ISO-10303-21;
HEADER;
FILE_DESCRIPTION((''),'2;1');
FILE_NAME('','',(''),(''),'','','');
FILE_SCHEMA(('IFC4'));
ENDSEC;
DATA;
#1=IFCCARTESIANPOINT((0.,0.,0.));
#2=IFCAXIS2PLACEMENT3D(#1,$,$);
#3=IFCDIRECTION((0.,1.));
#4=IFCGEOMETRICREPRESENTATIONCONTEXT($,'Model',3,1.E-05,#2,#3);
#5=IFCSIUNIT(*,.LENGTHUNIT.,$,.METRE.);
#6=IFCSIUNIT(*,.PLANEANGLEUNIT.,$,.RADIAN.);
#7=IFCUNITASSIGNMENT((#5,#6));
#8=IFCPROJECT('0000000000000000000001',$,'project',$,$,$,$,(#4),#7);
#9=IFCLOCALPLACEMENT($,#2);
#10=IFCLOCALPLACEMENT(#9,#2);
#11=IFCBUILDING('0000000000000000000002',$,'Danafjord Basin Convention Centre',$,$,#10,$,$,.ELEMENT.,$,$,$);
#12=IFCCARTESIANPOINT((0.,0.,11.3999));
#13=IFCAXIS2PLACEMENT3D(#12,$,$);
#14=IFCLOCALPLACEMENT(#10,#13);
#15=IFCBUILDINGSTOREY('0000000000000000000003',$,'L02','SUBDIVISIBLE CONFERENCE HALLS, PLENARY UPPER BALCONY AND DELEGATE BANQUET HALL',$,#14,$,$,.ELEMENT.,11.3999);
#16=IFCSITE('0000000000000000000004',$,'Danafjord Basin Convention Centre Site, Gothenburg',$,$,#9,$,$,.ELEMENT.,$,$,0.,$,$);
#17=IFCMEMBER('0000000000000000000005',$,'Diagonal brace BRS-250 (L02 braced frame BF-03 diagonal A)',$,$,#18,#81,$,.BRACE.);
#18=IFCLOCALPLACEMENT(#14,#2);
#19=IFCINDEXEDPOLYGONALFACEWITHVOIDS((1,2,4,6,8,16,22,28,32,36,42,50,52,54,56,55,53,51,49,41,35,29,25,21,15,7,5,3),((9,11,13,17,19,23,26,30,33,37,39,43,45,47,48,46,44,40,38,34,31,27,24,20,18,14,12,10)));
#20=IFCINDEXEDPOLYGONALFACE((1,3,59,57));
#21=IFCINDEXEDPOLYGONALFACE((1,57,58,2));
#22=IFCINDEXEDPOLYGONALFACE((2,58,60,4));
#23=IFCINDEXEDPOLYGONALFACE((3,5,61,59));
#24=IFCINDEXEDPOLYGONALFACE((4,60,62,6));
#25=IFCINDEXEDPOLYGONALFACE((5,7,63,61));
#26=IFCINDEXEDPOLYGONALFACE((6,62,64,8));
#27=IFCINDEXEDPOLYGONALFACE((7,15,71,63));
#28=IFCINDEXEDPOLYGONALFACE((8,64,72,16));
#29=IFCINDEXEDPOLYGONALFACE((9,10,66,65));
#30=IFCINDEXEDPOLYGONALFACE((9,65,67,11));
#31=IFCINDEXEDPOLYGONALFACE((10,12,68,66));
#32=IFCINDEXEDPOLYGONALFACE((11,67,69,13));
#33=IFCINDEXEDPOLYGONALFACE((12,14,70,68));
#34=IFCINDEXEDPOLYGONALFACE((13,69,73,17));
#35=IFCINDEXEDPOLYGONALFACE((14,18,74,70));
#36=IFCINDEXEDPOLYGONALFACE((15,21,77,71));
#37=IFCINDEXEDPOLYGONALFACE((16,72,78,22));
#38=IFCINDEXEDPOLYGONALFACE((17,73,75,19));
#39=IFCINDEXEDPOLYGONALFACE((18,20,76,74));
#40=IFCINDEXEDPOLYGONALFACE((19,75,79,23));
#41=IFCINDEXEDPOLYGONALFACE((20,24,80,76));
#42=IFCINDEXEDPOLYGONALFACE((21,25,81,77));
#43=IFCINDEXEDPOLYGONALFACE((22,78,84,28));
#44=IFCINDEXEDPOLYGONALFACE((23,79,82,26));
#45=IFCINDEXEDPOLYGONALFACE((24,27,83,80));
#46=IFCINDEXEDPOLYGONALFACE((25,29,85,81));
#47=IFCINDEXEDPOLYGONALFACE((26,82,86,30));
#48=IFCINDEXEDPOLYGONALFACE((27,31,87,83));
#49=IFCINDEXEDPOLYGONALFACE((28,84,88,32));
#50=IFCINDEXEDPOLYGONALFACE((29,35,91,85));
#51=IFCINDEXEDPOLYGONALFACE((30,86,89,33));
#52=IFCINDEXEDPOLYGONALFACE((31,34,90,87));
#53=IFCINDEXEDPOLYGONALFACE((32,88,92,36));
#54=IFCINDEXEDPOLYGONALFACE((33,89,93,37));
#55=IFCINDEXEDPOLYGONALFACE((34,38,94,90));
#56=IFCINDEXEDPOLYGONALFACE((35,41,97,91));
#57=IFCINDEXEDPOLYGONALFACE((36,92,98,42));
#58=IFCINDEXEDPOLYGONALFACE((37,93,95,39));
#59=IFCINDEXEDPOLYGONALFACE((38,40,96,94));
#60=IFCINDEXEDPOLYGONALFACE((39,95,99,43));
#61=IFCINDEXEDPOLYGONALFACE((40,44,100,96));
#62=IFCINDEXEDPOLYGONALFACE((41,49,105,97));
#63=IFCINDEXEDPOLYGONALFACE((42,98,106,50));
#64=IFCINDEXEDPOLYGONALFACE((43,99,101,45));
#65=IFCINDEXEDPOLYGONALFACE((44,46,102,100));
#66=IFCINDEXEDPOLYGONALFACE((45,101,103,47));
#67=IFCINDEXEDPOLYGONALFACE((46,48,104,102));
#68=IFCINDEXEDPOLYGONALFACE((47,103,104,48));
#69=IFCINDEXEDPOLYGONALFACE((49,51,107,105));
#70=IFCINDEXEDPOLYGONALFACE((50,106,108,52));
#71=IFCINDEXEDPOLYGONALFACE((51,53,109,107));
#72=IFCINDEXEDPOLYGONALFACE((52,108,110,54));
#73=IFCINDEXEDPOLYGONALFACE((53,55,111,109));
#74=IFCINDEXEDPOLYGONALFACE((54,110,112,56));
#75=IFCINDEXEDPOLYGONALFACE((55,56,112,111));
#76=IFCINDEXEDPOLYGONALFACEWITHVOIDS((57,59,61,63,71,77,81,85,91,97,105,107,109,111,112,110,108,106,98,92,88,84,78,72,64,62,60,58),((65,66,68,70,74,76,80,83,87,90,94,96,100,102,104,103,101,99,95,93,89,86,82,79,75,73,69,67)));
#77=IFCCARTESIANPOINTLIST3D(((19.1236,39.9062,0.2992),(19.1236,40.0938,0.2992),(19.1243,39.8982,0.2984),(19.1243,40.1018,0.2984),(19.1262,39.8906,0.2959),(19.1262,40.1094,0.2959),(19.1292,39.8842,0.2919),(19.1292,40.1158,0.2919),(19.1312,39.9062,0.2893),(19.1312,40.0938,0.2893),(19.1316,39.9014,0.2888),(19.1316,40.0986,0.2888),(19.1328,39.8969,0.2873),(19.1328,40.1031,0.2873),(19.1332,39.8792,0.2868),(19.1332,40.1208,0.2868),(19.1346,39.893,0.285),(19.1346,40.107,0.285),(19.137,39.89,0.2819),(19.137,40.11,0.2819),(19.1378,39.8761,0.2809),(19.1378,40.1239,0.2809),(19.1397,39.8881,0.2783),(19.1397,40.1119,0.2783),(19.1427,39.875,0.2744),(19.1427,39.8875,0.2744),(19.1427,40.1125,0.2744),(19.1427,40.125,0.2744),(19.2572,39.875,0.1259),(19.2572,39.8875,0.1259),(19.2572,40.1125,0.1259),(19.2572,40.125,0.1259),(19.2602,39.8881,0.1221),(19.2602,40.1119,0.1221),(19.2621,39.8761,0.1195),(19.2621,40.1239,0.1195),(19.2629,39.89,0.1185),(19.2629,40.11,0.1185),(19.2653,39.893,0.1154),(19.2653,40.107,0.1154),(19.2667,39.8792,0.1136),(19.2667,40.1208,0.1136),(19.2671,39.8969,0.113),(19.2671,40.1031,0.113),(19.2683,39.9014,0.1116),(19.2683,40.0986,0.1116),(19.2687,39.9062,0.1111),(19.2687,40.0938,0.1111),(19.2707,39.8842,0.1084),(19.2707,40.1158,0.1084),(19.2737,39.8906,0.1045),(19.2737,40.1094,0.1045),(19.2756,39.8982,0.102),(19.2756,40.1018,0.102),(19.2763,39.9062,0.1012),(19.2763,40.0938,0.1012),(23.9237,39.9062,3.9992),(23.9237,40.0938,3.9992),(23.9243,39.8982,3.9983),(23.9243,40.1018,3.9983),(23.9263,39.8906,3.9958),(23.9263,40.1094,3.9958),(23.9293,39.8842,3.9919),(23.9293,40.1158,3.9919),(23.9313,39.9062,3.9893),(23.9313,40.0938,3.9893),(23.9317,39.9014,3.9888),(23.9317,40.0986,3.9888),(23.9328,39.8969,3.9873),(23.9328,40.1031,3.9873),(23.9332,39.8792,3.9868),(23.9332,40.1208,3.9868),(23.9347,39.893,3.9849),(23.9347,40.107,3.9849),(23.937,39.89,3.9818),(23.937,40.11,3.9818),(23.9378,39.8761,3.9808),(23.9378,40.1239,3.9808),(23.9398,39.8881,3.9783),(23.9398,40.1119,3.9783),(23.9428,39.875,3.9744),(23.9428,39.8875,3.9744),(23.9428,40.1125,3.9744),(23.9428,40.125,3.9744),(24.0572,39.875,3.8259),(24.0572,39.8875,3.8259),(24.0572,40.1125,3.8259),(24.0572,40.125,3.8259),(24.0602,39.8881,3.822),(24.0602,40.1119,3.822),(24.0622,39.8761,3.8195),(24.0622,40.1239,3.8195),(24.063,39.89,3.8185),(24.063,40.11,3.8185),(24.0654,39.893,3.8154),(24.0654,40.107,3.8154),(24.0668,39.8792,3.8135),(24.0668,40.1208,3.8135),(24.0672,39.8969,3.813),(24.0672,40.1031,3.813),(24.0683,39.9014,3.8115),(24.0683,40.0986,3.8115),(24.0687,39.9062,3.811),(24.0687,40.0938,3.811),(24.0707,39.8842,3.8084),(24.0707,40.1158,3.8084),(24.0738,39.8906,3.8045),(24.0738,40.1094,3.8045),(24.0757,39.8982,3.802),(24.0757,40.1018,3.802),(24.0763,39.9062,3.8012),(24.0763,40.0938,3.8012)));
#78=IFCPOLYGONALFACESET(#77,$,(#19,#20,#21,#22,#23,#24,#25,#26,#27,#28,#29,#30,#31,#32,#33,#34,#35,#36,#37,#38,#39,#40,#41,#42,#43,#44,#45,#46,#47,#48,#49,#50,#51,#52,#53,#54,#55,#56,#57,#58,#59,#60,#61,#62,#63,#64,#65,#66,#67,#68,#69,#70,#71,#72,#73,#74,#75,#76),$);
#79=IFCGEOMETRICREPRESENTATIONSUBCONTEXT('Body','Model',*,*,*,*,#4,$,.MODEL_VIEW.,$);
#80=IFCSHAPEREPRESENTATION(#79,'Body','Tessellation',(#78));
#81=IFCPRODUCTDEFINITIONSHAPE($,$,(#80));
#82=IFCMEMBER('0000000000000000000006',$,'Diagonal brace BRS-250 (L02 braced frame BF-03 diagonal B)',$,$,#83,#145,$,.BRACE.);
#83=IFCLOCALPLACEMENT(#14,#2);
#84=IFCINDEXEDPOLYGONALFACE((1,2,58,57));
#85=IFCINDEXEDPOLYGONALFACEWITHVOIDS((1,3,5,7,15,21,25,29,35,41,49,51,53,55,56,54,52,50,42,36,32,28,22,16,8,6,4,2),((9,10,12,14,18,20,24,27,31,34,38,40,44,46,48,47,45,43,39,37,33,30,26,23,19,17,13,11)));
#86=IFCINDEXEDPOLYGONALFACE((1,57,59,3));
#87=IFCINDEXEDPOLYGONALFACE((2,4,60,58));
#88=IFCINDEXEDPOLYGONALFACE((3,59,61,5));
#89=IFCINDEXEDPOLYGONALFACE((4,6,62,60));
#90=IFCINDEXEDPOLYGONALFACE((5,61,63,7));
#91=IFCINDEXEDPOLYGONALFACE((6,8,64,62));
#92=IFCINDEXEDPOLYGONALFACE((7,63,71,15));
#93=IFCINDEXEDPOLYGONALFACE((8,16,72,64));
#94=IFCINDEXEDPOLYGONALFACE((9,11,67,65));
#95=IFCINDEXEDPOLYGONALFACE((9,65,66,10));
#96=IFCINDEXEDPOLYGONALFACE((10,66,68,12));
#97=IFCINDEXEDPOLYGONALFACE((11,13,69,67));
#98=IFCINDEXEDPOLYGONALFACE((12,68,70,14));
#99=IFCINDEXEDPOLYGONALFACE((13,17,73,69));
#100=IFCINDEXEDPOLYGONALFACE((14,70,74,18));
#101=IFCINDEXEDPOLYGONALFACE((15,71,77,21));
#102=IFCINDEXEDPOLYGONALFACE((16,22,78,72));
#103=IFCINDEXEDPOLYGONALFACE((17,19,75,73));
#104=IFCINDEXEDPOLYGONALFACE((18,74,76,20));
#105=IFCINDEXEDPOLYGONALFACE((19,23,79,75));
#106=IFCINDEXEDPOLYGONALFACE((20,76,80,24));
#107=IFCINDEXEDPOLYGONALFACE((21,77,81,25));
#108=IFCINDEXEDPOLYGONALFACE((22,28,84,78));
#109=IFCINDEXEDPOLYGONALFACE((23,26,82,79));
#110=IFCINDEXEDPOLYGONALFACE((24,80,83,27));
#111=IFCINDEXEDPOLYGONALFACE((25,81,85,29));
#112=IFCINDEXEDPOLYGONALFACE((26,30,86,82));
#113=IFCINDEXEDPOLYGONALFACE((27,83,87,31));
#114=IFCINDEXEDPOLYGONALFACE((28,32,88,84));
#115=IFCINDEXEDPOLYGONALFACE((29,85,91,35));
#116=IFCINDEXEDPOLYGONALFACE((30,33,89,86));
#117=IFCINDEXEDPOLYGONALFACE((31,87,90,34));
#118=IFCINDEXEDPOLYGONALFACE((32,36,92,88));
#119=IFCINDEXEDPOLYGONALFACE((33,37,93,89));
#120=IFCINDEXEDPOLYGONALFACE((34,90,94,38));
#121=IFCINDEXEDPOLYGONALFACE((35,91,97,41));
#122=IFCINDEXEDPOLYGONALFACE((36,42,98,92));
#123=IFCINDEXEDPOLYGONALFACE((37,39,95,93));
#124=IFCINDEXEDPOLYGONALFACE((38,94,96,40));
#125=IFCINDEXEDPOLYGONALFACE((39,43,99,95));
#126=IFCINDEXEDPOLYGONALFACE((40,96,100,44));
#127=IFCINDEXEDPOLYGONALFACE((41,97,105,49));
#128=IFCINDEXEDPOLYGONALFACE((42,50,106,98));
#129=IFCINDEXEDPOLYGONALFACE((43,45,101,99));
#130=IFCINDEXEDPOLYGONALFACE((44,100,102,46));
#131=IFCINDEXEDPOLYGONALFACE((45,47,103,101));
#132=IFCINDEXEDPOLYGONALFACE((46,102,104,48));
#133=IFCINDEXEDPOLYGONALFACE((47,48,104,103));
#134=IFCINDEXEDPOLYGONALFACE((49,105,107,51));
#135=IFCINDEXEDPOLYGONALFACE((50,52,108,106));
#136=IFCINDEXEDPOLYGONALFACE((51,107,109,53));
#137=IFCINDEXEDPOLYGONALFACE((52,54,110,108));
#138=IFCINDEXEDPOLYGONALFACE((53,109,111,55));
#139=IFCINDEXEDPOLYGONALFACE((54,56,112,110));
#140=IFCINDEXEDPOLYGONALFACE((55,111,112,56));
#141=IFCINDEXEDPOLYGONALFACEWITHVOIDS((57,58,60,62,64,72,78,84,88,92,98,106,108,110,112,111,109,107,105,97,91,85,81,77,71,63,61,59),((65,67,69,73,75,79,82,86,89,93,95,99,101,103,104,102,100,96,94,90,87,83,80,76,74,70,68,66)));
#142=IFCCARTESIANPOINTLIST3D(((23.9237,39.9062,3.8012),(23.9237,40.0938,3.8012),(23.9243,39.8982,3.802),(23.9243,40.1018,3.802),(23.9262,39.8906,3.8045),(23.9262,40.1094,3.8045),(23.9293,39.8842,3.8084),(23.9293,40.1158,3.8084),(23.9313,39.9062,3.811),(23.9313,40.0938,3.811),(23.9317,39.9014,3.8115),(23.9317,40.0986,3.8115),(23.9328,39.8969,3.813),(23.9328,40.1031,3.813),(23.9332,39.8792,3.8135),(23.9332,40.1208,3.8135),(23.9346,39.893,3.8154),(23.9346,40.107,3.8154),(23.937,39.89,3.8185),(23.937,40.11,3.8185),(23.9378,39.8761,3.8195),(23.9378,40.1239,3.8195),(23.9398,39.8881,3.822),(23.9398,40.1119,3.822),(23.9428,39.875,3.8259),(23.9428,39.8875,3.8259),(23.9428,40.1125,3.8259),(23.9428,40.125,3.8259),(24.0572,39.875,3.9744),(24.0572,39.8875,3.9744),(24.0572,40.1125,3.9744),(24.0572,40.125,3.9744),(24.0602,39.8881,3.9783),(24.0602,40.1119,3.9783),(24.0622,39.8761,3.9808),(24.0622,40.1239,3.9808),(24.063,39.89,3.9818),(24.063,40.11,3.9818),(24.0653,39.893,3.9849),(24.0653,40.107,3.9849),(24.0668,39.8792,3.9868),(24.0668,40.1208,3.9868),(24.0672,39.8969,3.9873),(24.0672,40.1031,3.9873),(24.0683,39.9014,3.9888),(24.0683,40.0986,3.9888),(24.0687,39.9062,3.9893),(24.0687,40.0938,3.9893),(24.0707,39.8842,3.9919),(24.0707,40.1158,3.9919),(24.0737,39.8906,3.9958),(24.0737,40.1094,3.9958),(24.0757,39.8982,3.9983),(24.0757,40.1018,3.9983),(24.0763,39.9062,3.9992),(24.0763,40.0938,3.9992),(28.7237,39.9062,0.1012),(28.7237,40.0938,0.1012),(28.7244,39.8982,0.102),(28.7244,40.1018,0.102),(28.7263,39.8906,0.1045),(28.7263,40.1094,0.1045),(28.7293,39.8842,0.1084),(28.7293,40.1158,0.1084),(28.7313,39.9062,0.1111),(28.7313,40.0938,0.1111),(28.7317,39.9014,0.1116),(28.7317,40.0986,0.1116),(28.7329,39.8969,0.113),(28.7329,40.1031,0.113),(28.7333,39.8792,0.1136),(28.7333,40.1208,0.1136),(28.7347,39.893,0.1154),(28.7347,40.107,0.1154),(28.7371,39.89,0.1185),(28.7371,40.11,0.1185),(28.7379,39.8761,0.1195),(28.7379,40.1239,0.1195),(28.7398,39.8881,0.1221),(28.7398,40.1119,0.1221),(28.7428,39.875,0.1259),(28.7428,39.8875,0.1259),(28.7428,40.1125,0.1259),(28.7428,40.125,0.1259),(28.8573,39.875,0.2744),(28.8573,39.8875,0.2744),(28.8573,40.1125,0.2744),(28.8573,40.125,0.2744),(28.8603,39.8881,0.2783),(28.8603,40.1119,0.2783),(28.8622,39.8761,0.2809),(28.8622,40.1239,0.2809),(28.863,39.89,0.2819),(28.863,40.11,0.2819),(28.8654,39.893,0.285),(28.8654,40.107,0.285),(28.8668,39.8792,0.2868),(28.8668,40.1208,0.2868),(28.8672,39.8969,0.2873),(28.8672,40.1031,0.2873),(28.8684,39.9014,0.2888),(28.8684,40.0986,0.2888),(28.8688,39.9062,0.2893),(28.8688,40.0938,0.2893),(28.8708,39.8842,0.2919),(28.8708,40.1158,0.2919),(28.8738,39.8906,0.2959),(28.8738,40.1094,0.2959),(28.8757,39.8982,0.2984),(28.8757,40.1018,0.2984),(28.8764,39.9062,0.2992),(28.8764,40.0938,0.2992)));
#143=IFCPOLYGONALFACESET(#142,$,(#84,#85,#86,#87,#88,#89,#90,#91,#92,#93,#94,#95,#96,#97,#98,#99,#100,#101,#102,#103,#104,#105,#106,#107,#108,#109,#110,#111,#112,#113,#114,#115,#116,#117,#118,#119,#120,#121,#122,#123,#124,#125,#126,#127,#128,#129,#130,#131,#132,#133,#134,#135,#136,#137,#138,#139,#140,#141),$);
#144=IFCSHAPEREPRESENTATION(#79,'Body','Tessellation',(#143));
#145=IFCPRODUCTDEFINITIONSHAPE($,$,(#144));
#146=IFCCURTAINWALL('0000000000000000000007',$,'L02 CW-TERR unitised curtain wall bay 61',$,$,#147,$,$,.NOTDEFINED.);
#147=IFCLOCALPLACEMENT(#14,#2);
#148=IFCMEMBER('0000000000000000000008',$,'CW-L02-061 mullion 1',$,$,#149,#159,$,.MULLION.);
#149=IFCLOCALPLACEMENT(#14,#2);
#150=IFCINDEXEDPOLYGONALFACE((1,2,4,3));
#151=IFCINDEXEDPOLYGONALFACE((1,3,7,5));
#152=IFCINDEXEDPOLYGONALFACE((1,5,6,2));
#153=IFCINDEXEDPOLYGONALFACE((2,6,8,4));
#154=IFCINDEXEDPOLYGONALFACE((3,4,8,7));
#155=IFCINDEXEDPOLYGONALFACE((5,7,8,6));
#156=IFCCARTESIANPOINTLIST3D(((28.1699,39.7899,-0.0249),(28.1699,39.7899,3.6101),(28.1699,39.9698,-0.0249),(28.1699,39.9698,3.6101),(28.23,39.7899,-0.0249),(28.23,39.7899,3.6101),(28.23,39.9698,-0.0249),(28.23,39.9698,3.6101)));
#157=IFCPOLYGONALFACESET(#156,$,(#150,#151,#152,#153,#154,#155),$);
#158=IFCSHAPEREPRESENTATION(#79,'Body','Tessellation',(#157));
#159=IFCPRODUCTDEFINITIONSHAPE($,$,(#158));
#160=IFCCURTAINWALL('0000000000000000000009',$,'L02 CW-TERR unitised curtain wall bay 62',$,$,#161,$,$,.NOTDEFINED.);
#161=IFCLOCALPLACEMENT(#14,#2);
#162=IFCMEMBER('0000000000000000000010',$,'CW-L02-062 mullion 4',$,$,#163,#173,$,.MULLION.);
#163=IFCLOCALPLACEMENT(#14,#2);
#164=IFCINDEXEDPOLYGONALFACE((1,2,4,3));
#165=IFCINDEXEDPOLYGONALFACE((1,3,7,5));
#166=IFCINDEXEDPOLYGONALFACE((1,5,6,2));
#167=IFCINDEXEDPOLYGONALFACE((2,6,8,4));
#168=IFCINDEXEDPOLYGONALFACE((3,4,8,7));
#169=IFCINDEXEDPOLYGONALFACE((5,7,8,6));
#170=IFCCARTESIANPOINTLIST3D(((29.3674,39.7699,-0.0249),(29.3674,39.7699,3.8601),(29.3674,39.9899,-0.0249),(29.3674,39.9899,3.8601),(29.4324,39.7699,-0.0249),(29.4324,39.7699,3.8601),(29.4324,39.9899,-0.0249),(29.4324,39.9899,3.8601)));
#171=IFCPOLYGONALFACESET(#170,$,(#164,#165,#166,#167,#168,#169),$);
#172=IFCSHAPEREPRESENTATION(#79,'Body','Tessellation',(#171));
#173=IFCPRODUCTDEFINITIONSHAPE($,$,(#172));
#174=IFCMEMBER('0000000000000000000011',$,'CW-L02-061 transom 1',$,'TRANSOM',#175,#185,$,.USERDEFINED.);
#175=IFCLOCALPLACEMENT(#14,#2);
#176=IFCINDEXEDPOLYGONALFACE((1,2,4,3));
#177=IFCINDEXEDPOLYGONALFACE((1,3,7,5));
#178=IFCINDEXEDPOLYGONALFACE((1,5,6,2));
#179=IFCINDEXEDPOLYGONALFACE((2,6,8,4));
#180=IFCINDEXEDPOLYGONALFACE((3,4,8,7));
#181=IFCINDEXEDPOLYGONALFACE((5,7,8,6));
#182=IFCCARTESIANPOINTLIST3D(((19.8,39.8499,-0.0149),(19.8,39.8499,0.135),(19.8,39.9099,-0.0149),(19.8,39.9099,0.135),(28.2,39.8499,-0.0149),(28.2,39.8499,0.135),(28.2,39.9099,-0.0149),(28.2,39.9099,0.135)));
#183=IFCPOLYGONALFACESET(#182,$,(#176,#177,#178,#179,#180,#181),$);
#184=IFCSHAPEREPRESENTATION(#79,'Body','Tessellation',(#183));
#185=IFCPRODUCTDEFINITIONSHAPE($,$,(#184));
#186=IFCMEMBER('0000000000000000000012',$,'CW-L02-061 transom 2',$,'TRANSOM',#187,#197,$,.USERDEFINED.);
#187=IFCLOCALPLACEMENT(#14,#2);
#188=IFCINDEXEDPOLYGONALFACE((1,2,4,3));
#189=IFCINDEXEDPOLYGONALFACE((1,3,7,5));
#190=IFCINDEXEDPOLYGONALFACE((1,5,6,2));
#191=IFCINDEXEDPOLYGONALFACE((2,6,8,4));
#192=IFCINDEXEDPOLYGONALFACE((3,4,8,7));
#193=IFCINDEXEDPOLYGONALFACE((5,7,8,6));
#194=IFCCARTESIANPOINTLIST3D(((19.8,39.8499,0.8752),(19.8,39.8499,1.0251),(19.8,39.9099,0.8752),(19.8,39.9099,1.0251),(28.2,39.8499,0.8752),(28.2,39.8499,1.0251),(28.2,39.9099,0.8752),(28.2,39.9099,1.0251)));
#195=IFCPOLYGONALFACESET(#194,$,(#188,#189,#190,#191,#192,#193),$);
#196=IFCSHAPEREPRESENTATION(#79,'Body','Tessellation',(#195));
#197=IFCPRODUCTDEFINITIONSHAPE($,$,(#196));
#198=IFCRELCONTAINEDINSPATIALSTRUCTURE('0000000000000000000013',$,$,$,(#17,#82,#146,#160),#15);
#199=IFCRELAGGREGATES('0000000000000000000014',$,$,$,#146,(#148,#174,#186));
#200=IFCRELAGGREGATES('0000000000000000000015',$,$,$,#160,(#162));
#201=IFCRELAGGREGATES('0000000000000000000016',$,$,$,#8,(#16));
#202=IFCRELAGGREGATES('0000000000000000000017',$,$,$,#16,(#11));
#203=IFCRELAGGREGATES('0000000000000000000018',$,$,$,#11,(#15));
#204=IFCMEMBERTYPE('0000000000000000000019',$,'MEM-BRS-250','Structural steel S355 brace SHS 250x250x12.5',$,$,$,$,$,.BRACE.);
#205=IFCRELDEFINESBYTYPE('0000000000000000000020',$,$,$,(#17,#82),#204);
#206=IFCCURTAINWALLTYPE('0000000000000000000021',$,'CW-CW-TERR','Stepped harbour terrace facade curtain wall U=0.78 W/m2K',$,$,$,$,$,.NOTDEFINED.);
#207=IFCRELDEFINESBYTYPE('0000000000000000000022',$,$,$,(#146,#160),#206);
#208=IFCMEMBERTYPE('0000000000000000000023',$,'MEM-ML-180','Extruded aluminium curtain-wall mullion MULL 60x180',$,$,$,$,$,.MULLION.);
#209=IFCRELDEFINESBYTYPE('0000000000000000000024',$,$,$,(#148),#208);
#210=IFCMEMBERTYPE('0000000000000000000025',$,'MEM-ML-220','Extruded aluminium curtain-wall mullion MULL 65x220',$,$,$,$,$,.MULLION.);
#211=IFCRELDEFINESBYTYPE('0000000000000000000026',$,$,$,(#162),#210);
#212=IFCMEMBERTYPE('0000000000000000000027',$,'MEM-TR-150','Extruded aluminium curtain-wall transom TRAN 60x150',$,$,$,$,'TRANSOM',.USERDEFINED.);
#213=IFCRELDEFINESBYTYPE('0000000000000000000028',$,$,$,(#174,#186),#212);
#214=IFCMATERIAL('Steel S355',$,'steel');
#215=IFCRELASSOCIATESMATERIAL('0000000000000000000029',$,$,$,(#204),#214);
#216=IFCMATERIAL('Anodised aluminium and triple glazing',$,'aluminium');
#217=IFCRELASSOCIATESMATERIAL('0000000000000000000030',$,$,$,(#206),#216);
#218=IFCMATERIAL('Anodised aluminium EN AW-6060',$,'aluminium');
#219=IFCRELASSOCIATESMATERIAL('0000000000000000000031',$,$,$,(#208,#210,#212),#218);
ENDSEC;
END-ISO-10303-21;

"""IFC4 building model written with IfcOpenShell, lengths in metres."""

from ifc_helpers import new_model, si_unit, direction, frame, origin, origin_2d, place, context, subcontext, project, spatial, rectangle, hollow_rectangle, extrude, material, material_profile, profile_set, type_object, element, aggregate, save


model = new_model("IFC4")

# Units and contexts
model_context = context("Model", 3, precision=1e-05, world=origin(), true_north=direction((0.0, 1.0)))
body_context = subcontext(model_context, "Body", "Model", "MODEL_VIEW")
ifc_project = project(units=[si_unit("LENGTHUNIT", "METRE"), si_unit("PLANEANGLEUNIT", "RADIAN")], contexts=[model_context])

# Site, building, storey
site_placement = place(None, origin())
site = spatial("IfcSite", under=ifc_project, at=site_placement, Name="Danafjord Basin Convention Centre Site, Gothenburg", CompositionType="ELEMENT", RefElevation=0.0)
building_placement = place(site_placement, origin())
building = spatial("IfcBuilding", under=site, at=building_placement, Name="Danafjord Basin Convention Centre", CompositionType="ELEMENT")
storey_placement = place(building_placement, frame((0.0, 0.0, 11.3999)))
storey = spatial("IfcBuildingStorey", under=building, at=storey_placement, Name="L02", Description="SUBDIVISIBLE CONFERENCE HALLS, PLENARY UPPER BALCONY AND DELEGATE BANQUET HALL", CompositionType="ELEMENT", Elevation=11.3999)

# Shared definitions
ifc_material_1 = material(Name="Steel S355", Category="steel")

# Members
ifc_material_profile_1 = material_profile(ifc_material_1, hollow_rectangle(XDim=0.25, YDim=0.25, WallThickness=0.0125, InnerFilletRadius=0.0188, OuterFilletRadius=0.0312, at=origin_2d()), Name="SHS 250x250x12.5")
ifc_profile_set_1 = profile_set([ifc_material_profile_1], Name="Steel S355")
member_type_1 = type_object("IfcMemberType", Name="MEM-BRS-250", Description="Structural steel S355 brace SHS 250x250x12.5", PredefinedType="BRACE", material=ifc_profile_set_1)
for number, where, z_axis, x_axis, name in (
    (1, (19.2, 40.0, 0.2002), (0.792017, 0.0, 0.610499), (0.0, 1.0, 0.0), "Diagonal brace BRS-250 (L02 braced frame BF-03 diagonal A)"),
    (2, (28.8, 40.0, 0.2002), (-0.792017, 0.0, 0.610499), (0.0, -1.0, 0.0), "Diagonal brace BRS-250 (L02 braced frame BF-03 diagonal B)"),
):
    element("IfcMember", number, at=place(storey_placement, frame(where, z_axis=z_axis, x_axis=x_axis)), inside=storey, type_object=member_type_1, Name=name, PredefinedType="BRACE", context=body_context, shape_type="SweptSolid", body=[
        extrude(hollow_rectangle(XDim=0.25, YDim=0.25, WallThickness=0.0125, InnerFilletRadius=0.0188, OuterFilletRadius=0.0312, at=origin_2d()), origin(), (0.0, 0.0, 1.0), 6.0605),
    ])

# Curtain walls, members
ifc_material_2 = material(Name="Anodised aluminium and triple glazing", Category="aluminium")
curtain_wall_type = type_object("IfcCurtainWallType", Name="CW-CW-TERR", Description="Stepped harbour terrace facade curtain wall U=0.78 W/m2K", PredefinedType="NOTDEFINED", material=ifc_material_2)
curtain_wall_1_placement = place(storey_placement, origin())
curtain_wall_1 = element("IfcCurtainWall", 3, at=curtain_wall_1_placement, inside=storey, type_object=curtain_wall_type, Name="L02 CW-TERR unitised curtain wall bay 61", PredefinedType="NOTDEFINED")
ifc_material_3 = material(Name="Anodised aluminium EN AW-6060", Category="aluminium")
ifc_material_profile_2 = material_profile(ifc_material_3, rectangle(XDim=0.0601, YDim=0.1799, at=origin_2d()), Name="MULL 60x180")
ifc_profile_set_2 = profile_set([ifc_material_profile_2], Name="Anodised aluminium EN AW-6060")
member_type_2 = type_object("IfcMemberType", Name="MEM-ML-180", Description="Extruded aluminium curtain-wall mullion MULL 60x180", PredefinedType="MULLION", material=ifc_profile_set_2)
member_1_placement = place(storey_placement, frame((28.2, 39.8799, -0.0249), z_axis=(0.0, 0.0, 1.0), x_axis=(-1.0, 0.0, 0.0)))
member_1 = element("IfcMember", 4, at=member_1_placement, type_object=member_type_2, Name="CW-L02-061 mullion 1", PredefinedType="MULLION", context=body_context, shape_type="SweptSolid", body=[
    extrude(rectangle(XDim=0.0601, YDim=0.1799, at=origin_2d()), origin(), (0.0, 0.0, 1.0), 3.635),
])
curtain_wall_2_placement = place(storey_placement, origin())
curtain_wall_2 = element("IfcCurtainWall", 5, at=curtain_wall_2_placement, inside=storey, type_object=curtain_wall_type, Name="L02 CW-TERR unitised curtain wall bay 62", PredefinedType="NOTDEFINED")
ifc_material_profile_3 = material_profile(ifc_material_3, rectangle(XDim=0.0649, YDim=0.22, at=origin_2d()), Name="MULL 65x220")
ifc_profile_set_3 = profile_set([ifc_material_profile_3], Name="Anodised aluminium EN AW-6060")
member_type_3 = type_object("IfcMemberType", Name="MEM-ML-220", Description="Extruded aluminium curtain-wall mullion MULL 65x220", PredefinedType="MULLION", material=ifc_profile_set_3)
member_2_placement = place(storey_placement, frame((29.3999, 39.8799, -0.0249), z_axis=(0.0, 0.0, 1.0), x_axis=(-1.0, 0.0, 0.0)))
member_2 = element("IfcMember", 6, at=member_2_placement, type_object=member_type_3, Name="CW-L02-062 mullion 4", PredefinedType="MULLION", context=body_context, shape_type="SweptSolid", body=[
    extrude(rectangle(XDim=0.0649, YDim=0.22, at=origin_2d()), origin(), (0.0, 0.0, 1.0), 3.885),
])

# Members
ifc_material_profile_4 = material_profile(ifc_material_3, rectangle(XDim=0.0601, YDim=0.1499, at=origin_2d()), Name="TRAN 60x150")
ifc_profile_set_4 = profile_set([ifc_material_profile_4], Name="Anodised aluminium EN AW-6060")
member_type_4 = type_object("IfcMemberType", Name="MEM-TR-150", Description="Extruded aluminium curtain-wall transom TRAN 60x150", ElementType="TRANSOM", PredefinedType="USERDEFINED", material=ifc_profile_set_4)
member_3_placement = place(storey_placement, frame((28.2, 39.8799, 0.0601), z_axis=(-1.0, 0.0, 0.0), x_axis=(0.0, -1.0, 0.0)))
member_3 = element("IfcMember", 7, at=member_3_placement, type_object=member_type_4, Name="CW-L02-061 transom 1", ObjectType="TRANSOM", PredefinedType="USERDEFINED", context=body_context, shape_type="SweptSolid", body=[
    extrude(rectangle(XDim=0.0601, YDim=0.1499, at=origin_2d()), origin(), (0.0, 0.0, 1.0), 8.3999),
])
member_4_placement = place(storey_placement, frame((28.2, 39.8799, 0.9502), z_axis=(-1.0, 0.0, 0.0), x_axis=(0.0, -1.0, 0.0)))
member_4 = element("IfcMember", 8, at=member_4_placement, type_object=member_type_4, Name="CW-L02-061 transom 2", ObjectType="TRANSOM", PredefinedType="USERDEFINED", context=body_context, shape_type="SweptSolid", body=[
    extrude(rectangle(XDim=0.0601, YDim=0.1499, at=origin_2d()), origin(), (0.0, 0.0, 1.0), 8.3999),
])
aggregate(curtain_wall_1, [member_1, member_3, member_4])

aggregate(curtain_wall_2, [member_2])

save(model, "model.ifc")
